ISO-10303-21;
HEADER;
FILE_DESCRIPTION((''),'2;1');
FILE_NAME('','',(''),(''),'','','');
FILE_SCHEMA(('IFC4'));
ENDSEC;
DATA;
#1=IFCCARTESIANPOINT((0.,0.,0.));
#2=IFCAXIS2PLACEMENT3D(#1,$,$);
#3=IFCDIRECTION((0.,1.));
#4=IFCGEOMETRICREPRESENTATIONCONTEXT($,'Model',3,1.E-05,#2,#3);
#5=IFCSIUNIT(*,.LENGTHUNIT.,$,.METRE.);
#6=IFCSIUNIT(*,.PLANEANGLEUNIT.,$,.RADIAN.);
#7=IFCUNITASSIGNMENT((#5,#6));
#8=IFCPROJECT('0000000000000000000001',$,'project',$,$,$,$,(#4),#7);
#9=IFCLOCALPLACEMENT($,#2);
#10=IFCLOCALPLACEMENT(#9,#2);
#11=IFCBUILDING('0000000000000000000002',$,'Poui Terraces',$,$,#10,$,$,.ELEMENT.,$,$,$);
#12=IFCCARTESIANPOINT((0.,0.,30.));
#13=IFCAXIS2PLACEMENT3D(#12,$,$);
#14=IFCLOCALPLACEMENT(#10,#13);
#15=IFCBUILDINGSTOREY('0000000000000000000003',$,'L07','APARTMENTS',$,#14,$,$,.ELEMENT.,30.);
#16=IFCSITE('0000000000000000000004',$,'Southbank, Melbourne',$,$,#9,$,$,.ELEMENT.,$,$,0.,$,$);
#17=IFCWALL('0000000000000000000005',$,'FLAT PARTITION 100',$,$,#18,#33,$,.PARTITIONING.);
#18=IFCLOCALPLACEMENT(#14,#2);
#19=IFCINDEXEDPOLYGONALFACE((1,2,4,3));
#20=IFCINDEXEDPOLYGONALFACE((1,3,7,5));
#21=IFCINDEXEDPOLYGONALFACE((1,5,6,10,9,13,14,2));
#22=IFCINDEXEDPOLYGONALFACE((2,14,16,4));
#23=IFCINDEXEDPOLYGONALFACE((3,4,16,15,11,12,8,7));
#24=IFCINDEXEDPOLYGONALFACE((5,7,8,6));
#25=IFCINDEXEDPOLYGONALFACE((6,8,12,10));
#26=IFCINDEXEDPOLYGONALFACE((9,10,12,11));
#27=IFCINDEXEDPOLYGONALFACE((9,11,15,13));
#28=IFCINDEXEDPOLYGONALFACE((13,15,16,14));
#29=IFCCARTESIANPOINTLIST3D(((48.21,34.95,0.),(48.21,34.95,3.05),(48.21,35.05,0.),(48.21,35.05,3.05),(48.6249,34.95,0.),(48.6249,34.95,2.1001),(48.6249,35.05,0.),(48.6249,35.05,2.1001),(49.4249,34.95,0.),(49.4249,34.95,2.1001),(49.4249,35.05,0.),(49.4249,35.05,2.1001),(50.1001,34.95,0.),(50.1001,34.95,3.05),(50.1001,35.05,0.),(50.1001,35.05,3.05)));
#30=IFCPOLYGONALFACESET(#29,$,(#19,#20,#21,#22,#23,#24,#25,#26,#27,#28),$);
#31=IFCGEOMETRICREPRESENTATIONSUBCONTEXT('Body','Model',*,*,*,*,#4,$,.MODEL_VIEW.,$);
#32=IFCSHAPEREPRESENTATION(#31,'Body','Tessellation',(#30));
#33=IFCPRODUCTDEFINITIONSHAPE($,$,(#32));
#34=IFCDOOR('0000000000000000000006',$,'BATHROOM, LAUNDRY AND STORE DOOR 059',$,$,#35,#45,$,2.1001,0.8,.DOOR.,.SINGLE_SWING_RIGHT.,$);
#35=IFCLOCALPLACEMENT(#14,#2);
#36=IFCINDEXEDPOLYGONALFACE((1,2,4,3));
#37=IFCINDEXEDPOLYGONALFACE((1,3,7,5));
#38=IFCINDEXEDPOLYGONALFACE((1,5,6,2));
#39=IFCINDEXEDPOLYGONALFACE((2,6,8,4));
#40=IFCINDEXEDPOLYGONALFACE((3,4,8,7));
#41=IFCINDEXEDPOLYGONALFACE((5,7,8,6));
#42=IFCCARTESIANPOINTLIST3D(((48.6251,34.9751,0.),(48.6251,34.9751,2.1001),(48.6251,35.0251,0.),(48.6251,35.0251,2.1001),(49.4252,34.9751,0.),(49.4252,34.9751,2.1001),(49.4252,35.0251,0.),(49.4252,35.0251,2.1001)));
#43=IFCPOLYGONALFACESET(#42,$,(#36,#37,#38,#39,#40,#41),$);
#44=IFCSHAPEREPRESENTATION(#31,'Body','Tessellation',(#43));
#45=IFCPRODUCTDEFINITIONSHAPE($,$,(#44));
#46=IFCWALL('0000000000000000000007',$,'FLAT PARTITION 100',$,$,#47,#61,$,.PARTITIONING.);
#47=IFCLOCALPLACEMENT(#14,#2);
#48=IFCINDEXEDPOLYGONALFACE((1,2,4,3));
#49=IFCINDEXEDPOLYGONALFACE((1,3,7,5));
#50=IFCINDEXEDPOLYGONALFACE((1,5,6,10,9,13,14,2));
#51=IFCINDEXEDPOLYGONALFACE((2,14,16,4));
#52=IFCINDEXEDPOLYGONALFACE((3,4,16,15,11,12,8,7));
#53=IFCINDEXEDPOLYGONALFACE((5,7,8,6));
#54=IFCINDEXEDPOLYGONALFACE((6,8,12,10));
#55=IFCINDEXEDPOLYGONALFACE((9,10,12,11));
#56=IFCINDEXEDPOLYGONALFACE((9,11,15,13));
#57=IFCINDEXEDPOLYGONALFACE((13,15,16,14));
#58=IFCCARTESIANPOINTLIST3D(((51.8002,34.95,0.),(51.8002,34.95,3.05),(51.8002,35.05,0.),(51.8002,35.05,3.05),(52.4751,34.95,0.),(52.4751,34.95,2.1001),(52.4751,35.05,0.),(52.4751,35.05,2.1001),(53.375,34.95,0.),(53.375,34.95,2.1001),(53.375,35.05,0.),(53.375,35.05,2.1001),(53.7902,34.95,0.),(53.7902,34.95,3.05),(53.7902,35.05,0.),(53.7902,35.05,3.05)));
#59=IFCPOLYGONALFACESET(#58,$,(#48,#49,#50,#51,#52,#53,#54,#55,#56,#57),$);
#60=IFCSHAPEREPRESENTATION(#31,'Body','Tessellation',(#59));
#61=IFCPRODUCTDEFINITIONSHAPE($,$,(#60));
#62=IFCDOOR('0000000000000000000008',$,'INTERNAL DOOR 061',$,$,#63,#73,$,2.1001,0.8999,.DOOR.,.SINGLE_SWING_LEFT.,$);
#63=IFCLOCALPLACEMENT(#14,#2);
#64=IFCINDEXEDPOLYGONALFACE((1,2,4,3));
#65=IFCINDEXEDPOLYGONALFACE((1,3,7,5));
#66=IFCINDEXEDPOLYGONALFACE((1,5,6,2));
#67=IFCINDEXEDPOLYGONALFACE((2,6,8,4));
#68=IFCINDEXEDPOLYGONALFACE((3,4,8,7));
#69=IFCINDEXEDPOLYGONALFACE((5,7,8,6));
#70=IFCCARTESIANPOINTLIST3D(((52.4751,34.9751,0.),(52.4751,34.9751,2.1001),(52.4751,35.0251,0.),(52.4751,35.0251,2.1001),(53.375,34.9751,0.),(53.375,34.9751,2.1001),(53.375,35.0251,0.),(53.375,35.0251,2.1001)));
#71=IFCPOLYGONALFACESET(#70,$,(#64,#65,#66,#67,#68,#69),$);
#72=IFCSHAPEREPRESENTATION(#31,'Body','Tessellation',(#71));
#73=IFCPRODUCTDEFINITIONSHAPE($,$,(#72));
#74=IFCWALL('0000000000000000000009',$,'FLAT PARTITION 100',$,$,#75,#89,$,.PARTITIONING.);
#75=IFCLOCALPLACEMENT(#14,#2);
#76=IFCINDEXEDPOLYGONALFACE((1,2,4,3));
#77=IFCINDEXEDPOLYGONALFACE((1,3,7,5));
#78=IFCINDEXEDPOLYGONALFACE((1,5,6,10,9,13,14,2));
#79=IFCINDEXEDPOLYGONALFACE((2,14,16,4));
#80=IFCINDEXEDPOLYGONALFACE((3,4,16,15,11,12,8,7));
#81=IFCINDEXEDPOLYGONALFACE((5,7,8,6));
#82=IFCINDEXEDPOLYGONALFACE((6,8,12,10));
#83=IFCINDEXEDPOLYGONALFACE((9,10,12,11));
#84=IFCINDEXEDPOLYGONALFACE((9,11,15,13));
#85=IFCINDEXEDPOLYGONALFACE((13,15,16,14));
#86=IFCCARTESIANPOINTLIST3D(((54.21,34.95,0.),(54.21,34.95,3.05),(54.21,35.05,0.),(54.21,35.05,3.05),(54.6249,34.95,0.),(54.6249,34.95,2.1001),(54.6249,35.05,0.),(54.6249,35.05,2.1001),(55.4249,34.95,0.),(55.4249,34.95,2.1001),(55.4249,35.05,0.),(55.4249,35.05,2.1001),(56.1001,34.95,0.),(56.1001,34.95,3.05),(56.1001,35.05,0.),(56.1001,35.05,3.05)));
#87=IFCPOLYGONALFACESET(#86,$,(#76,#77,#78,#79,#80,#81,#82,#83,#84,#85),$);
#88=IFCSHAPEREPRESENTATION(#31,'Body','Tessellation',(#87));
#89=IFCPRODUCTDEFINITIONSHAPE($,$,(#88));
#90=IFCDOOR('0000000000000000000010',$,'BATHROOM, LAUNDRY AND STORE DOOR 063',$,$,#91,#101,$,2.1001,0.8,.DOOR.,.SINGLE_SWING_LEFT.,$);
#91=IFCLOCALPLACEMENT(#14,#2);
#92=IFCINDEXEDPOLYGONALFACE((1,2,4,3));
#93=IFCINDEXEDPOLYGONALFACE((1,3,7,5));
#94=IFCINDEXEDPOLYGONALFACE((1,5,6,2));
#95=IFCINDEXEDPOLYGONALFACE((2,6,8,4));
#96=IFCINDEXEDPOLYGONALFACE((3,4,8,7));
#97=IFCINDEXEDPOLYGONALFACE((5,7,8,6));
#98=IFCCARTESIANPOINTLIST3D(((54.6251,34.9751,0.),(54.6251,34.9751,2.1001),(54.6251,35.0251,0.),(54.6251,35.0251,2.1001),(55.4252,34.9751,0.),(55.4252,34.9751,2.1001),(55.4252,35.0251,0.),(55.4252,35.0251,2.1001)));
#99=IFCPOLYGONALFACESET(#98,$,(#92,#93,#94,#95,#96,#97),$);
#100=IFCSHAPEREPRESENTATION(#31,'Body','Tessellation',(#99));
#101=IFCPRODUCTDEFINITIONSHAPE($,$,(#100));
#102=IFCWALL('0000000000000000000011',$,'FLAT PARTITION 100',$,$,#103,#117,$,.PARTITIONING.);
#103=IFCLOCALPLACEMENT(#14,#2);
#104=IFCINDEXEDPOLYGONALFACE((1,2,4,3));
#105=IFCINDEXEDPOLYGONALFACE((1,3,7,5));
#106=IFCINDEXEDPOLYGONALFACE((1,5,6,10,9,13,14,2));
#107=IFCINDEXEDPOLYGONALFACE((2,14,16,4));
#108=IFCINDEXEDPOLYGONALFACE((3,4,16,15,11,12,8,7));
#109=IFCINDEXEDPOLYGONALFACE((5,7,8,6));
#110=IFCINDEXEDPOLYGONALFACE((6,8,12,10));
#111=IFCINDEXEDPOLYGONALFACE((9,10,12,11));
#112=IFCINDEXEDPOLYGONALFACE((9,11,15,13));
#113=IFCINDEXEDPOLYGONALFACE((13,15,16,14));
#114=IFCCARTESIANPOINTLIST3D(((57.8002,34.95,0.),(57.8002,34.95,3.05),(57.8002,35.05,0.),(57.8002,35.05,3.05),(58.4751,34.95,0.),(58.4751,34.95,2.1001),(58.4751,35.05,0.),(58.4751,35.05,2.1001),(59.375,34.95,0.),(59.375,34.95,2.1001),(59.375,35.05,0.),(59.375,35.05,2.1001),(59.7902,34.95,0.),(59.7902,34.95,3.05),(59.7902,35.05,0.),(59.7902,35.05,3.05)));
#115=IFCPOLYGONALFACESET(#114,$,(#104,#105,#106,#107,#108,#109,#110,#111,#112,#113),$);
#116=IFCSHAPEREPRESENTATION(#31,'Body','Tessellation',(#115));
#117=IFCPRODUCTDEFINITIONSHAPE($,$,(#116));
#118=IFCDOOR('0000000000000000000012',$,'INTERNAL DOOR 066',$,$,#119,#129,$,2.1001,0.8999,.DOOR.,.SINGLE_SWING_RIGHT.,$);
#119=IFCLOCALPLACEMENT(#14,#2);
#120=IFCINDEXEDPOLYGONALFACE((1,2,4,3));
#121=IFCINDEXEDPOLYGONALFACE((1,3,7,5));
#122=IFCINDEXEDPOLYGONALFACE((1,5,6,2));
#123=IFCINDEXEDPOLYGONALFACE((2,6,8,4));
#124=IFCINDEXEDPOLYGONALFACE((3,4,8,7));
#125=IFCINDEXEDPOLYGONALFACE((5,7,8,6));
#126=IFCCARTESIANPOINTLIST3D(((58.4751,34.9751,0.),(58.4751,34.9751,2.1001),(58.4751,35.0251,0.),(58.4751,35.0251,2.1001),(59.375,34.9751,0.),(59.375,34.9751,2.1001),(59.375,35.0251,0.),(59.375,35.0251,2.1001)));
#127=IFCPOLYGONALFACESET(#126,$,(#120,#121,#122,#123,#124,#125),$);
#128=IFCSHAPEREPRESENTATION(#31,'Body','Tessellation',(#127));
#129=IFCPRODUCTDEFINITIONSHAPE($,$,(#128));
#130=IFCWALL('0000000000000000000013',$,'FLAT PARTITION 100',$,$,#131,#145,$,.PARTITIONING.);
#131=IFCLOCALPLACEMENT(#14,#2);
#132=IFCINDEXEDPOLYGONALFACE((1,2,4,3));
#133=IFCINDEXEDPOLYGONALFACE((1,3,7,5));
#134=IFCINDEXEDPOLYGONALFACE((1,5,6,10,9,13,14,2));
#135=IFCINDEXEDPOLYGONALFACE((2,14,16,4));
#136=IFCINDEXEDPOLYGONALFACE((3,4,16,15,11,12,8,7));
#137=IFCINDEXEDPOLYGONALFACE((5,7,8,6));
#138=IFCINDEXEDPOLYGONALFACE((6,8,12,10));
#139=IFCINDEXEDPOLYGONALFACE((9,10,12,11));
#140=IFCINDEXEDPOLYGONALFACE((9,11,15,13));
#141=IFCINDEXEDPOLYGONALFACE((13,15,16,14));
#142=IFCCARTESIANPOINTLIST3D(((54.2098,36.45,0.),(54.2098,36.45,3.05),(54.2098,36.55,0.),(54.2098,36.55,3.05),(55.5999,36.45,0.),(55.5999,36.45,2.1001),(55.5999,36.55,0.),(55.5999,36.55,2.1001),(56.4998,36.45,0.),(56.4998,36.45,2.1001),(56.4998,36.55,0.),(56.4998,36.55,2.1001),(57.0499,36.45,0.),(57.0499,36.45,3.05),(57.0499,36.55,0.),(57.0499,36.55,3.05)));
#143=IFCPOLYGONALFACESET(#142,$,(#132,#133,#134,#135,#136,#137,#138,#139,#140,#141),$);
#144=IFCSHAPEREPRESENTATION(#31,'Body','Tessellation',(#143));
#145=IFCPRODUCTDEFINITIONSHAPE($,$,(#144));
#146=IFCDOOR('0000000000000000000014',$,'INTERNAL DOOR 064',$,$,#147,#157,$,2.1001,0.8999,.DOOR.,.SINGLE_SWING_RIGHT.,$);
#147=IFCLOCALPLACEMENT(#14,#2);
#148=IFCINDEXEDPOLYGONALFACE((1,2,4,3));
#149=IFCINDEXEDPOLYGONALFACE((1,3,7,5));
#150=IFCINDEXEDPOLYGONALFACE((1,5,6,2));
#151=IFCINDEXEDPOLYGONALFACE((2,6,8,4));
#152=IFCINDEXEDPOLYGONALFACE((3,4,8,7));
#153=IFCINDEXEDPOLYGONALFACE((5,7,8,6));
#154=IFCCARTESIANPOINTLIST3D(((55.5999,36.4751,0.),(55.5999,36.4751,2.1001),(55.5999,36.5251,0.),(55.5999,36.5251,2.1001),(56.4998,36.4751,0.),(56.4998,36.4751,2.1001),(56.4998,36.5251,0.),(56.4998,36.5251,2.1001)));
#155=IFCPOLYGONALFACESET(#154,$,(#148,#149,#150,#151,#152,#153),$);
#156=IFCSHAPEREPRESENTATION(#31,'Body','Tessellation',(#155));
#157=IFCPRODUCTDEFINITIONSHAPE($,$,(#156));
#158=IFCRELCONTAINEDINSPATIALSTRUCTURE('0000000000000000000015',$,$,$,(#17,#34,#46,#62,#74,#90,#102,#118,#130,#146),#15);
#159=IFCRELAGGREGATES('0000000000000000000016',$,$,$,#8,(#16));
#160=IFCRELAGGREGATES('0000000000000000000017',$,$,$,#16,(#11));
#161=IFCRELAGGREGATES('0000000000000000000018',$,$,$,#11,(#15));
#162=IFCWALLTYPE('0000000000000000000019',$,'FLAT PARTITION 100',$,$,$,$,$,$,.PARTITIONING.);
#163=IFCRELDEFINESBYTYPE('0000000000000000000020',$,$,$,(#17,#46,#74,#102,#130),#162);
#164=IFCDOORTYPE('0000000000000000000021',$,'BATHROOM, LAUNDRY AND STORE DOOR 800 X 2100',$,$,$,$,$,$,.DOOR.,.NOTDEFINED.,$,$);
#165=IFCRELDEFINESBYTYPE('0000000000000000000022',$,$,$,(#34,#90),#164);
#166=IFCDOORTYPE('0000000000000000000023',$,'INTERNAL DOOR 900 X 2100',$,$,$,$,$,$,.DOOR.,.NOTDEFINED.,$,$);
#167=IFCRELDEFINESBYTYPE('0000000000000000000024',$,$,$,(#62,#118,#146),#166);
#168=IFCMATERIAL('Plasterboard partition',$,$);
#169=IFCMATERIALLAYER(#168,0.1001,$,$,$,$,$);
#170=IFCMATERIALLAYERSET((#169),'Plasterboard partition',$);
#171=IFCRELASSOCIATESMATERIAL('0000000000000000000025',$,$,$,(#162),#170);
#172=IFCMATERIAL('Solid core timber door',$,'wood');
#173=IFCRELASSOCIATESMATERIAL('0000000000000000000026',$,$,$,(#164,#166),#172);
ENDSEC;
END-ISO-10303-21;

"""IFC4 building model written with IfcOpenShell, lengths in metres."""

from ifc_helpers import new_model, si_unit, direction, frame, frame_2d, origin, place, context, subcontext, project, spatial, rectangle, extrude, material, layer, layer_set, type_object, element, fill, save


model = new_model("IFC4")

# Units and contexts
model_context = context("Model", 3, precision=1e-05, world=origin(), true_north=direction((0.0, 1.0)))
body_context = subcontext(model_context, "Body", "Model", "MODEL_VIEW")
ifc_project = project(units=[si_unit("LENGTHUNIT", "METRE"), si_unit("PLANEANGLEUNIT", "RADIAN")], contexts=[model_context])

# Site, building, storey
site_placement = place(None, origin())
site = spatial("IfcSite", under=ifc_project, at=site_placement, Name="Southbank, Melbourne", CompositionType="ELEMENT", RefElevation=0.0)
building_placement = place(site_placement, origin())
building = spatial("IfcBuilding", under=site, at=building_placement, Name="Poui Terraces", CompositionType="ELEMENT")
storey_placement = place(building_placement, frame((0.0, 0.0, 30.0)))
storey = spatial("IfcBuildingStorey", under=building, at=storey_placement, Name="L07", Description="APARTMENTS", CompositionType="ELEMENT", Elevation=30.0)

# Walls, openings, doors
ifc_material_1 = material(Name="Plasterboard partition")
ifc_layer_1 = layer(ifc_material_1, 0.1001)
ifc_layer_set_1 = layer_set([ifc_layer_1], Name="Plasterboard partition")
wall_type_1 = type_object("IfcWallType", Name="FLAT PARTITION 100", PredefinedType="PARTITIONING", material=ifc_layer_set_1)
wall_1_placement = place(storey_placement, frame((48.21, 35.0, 0.0), z_axis=(0.0, 0.0, 1.0), x_axis=(1.0, 0.0, 0.0)))
wall_1 = element("IfcWall", 1, at=wall_1_placement, inside=storey, type_object=wall_type_1, Name="FLAT PARTITION 100", PredefinedType="PARTITIONING", context=body_context, shape_type="SweptSolid", body=[
    extrude(rectangle(XDim=1.8901, YDim=0.1001, at=frame_2d((0.9451, 0.0))), origin(), (0.0, 0.0, 1.0), 3.05),
])
opening_1_placement = place(wall_1_placement, frame((0.415, 0.0, 0.0)))
opening_1 = element("IfcOpeningElement", 2, at=opening_1_placement, cuts=wall_1, PredefinedType="OPENING", context=body_context, shape_type="SweptSolid", body=[
    extrude(rectangle(XDim=0.8, YDim=2.1001, at=frame_2d((0.3999, 1.05))), frame((0.0, 0.0601, 0.0), z_axis=(0.0, -1.0, 0.0), x_axis=(1.0, 0.0, 0.0)), (0.0, 0.0, 1.0), 0.1201),
])
ifc_material_2 = material(Name="Solid core timber door", Category="wood")
door_type_1 = type_object("IfcDoorType", Name="BATHROOM, LAUNDRY AND STORE DOOR 800 X 2100", OperationType="NOTDEFINED", PredefinedType="DOOR", material=ifc_material_2)
door_1_placement = place(opening_1_placement, frame((0.8, 0.0, 0.0), z_axis=(0.0, 0.0, 1.0), x_axis=(-1.0, 0.0, 0.0)))
door_1 = element("IfcDoor", 3, at=door_1_placement, inside=storey, type_object=door_type_1, Name="BATHROOM, LAUNDRY AND STORE DOOR 059", OperationType="SINGLE_SWING_RIGHT", OverallHeight=2.1001, OverallWidth=0.8, PredefinedType="DOOR", context=body_context, shape_type="SweptSolid", body=[
    extrude(rectangle(XDim=0.8, YDim=2.1001, at=frame_2d((0.3999, 1.05))), frame((0.0, 0.0249, 0.0), z_axis=(0.0, -1.0, 0.0), x_axis=(1.0, 0.0, 0.0)), (0.0, 0.0, 1.0), 0.05),
])
fill(opening_1, door_1)
wall_2_placement = place(storey_placement, frame((51.8, 35.0, 0.0), z_axis=(0.0, 0.0, 1.0), x_axis=(1.0, 0.0, 0.0)))
wall_2 = element("IfcWall", 4, at=wall_2_placement, inside=storey, type_object=wall_type_1, Name="FLAT PARTITION 100", PredefinedType="PARTITIONING", context=body_context, shape_type="SweptSolid", body=[
    extrude(rectangle(XDim=1.99, YDim=0.1001, at=frame_2d((0.9951, 0.0))), origin(), (0.0, 0.0, 1.0), 3.05),
])
opening_2_placement = place(wall_2_placement, frame((0.675, 0.0, 0.0)))
opening_2 = element("IfcOpeningElement", 5, at=opening_2_placement, cuts=wall_2, PredefinedType="OPENING", context=body_context, shape_type="SweptSolid", body=[
    extrude(rectangle(XDim=0.8999, YDim=2.1001, at=frame_2d((0.45, 1.05))), frame((0.0, 0.0601, 0.0), z_axis=(0.0, -1.0, 0.0), x_axis=(1.0, 0.0, 0.0)), (0.0, 0.0, 1.0), 0.1201),
])
door_type_2 = type_object("IfcDoorType", Name="INTERNAL DOOR 900 X 2100", OperationType="NOTDEFINED", PredefinedType="DOOR", material=ifc_material_2)
door_2_placement = place(opening_2_placement, frame((0.8999, 0.0, 0.0), z_axis=(0.0, 0.0, 1.0), x_axis=(-1.0, 0.0, 0.0)))
door_2 = element("IfcDoor", 6, at=door_2_placement, inside=storey, type_object=door_type_2, Name="INTERNAL DOOR 061", OperationType="SINGLE_SWING_LEFT", OverallHeight=2.1001, OverallWidth=0.8999, PredefinedType="DOOR", context=body_context, shape_type="SweptSolid", body=[
    extrude(rectangle(XDim=0.8999, YDim=2.1001, at=frame_2d((0.45, 1.05))), frame((0.0, 0.0249, 0.0), z_axis=(0.0, -1.0, 0.0), x_axis=(1.0, 0.0, 0.0)), (0.0, 0.0, 1.0), 0.05),
])
fill(opening_2, door_2)
wall_3_placement = place(storey_placement, frame((54.21, 35.0, 0.0), z_axis=(0.0, 0.0, 1.0), x_axis=(1.0, 0.0, 0.0)))
wall_3 = element("IfcWall", 7, at=wall_3_placement, inside=storey, type_object=wall_type_1, Name="FLAT PARTITION 100", PredefinedType="PARTITIONING", context=body_context, shape_type="SweptSolid", body=[
    extrude(rectangle(XDim=1.8901, YDim=0.1001, at=frame_2d((0.9451, 0.0))), origin(), (0.0, 0.0, 1.0), 3.05),
])
opening_3_placement = place(wall_3_placement, frame((0.415, 0.0, 0.0)))
opening_3 = element("IfcOpeningElement", 8, at=opening_3_placement, cuts=wall_3, PredefinedType="OPENING", context=body_context, shape_type="SweptSolid", body=[
    extrude(rectangle(XDim=0.8, YDim=2.1001, at=frame_2d((0.3999, 1.05))), frame((0.0, 0.0601, 0.0), z_axis=(0.0, -1.0, 0.0), x_axis=(1.0, 0.0, 0.0)), (0.0, 0.0, 1.0), 0.1201),
])
door_3_placement = place(opening_3_placement, frame((0.8, 0.0, 0.0), z_axis=(0.0, 0.0, 1.0), x_axis=(-1.0, 0.0, 0.0)))
door_3 = element("IfcDoor", 9, at=door_3_placement, inside=storey, type_object=door_type_1, Name="BATHROOM, LAUNDRY AND STORE DOOR 063", OperationType="SINGLE_SWING_LEFT", OverallHeight=2.1001, OverallWidth=0.8, PredefinedType="DOOR", context=body_context, shape_type="SweptSolid", body=[
    extrude(rectangle(XDim=0.8, YDim=2.1001, at=frame_2d((0.3999, 1.05))), frame((0.0, 0.0249, 0.0), z_axis=(0.0, -1.0, 0.0), x_axis=(1.0, 0.0, 0.0)), (0.0, 0.0, 1.0), 0.05),
])
fill(opening_3, door_3)
wall_4_placement = place(storey_placement, frame((57.8, 35.0, 0.0), z_axis=(0.0, 0.0, 1.0), x_axis=(1.0, 0.0, 0.0)))
wall_4 = element("IfcWall", 10, at=wall_4_placement, inside=storey, type_object=wall_type_1, Name="FLAT PARTITION 100", PredefinedType="PARTITIONING", context=body_context, shape_type="SweptSolid", body=[
    extrude(rectangle(XDim=1.99, YDim=0.1001, at=frame_2d((0.9951, 0.0))), origin(), (0.0, 0.0, 1.0), 3.05),
])
opening_4_placement = place(wall_4_placement, frame((0.675, 0.0, 0.0)))
opening_4 = element("IfcOpeningElement", 11, at=opening_4_placement, cuts=wall_4, PredefinedType="OPENING", context=body_context, shape_type="SweptSolid", body=[
    extrude(rectangle(XDim=0.8999, YDim=2.1001, at=frame_2d((0.45, 1.05))), frame((0.0, 0.0601, 0.0), z_axis=(0.0, -1.0, 0.0), x_axis=(1.0, 0.0, 0.0)), (0.0, 0.0, 1.0), 0.1201),
])
door_4_placement = place(opening_4_placement, frame((0.8999, 0.0, 0.0), z_axis=(0.0, 0.0, 1.0), x_axis=(-1.0, 0.0, 0.0)))
door_4 = element("IfcDoor", 12, at=door_4_placement, inside=storey, type_object=door_type_2, Name="INTERNAL DOOR 066", OperationType="SINGLE_SWING_RIGHT", OverallHeight=2.1001, OverallWidth=0.8999, PredefinedType="DOOR", context=body_context, shape_type="SweptSolid", body=[
    extrude(rectangle(XDim=0.8999, YDim=2.1001, at=frame_2d((0.45, 1.05))), frame((0.0, 0.0249, 0.0), z_axis=(0.0, -1.0, 0.0), x_axis=(1.0, 0.0, 0.0)), (0.0, 0.0, 1.0), 0.05),
])
fill(opening_4, door_4)
wall_5_placement = place(storey_placement, frame((54.21, 36.5, 0.0), z_axis=(0.0, 0.0, 1.0), x_axis=(1.0, 0.0, 0.0)))
wall_5 = element("IfcWall", 13, at=wall_5_placement, inside=storey, type_object=wall_type_1, Name="FLAT PARTITION 100", PredefinedType="PARTITIONING", context=body_context, shape_type="SweptSolid", body=[
    extrude(rectangle(XDim=2.8401, YDim=0.1001, at=frame_2d((1.4199, 0.0))), origin(), (0.0, 0.0, 1.0), 3.05),
])
opening_5_placement = place(wall_5_placement, frame((1.3899, 0.0, 0.0)))
opening_5 = element("IfcOpeningElement", 14, at=opening_5_placement, cuts=wall_5, PredefinedType="OPENING", context=body_context, shape_type="SweptSolid", body=[
    extrude(rectangle(XDim=0.8999, YDim=2.1001, at=frame_2d((0.45, 1.05))), frame((0.0, 0.0601, 0.0), z_axis=(0.0, -1.0, 0.0), x_axis=(1.0, 0.0, 0.0)), (0.0, 0.0, 1.0), 0.1201),
])
door_5_placement = place(opening_5_placement, frame((0.8999, 0.0, 0.0), z_axis=(0.0, 0.0, 1.0), x_axis=(-1.0, 0.0, 0.0)))
door_5 = element("IfcDoor", 15, at=door_5_placement, inside=storey, type_object=door_type_2, Name="INTERNAL DOOR 064", OperationType="SINGLE_SWING_RIGHT", OverallHeight=2.1001, OverallWidth=0.8999, PredefinedType="DOOR", context=body_context, shape_type="SweptSolid", body=[
    extrude(rectangle(XDim=0.8999, YDim=2.1001, at=frame_2d((0.45, 1.05))), frame((0.0, 0.0249, 0.0), z_axis=(0.0, -1.0, 0.0), x_axis=(1.0, 0.0, 0.0)), (0.0, 0.0, 1.0), 0.05),
])
fill(opening_5, door_5)

save(model, "model.ifc")
